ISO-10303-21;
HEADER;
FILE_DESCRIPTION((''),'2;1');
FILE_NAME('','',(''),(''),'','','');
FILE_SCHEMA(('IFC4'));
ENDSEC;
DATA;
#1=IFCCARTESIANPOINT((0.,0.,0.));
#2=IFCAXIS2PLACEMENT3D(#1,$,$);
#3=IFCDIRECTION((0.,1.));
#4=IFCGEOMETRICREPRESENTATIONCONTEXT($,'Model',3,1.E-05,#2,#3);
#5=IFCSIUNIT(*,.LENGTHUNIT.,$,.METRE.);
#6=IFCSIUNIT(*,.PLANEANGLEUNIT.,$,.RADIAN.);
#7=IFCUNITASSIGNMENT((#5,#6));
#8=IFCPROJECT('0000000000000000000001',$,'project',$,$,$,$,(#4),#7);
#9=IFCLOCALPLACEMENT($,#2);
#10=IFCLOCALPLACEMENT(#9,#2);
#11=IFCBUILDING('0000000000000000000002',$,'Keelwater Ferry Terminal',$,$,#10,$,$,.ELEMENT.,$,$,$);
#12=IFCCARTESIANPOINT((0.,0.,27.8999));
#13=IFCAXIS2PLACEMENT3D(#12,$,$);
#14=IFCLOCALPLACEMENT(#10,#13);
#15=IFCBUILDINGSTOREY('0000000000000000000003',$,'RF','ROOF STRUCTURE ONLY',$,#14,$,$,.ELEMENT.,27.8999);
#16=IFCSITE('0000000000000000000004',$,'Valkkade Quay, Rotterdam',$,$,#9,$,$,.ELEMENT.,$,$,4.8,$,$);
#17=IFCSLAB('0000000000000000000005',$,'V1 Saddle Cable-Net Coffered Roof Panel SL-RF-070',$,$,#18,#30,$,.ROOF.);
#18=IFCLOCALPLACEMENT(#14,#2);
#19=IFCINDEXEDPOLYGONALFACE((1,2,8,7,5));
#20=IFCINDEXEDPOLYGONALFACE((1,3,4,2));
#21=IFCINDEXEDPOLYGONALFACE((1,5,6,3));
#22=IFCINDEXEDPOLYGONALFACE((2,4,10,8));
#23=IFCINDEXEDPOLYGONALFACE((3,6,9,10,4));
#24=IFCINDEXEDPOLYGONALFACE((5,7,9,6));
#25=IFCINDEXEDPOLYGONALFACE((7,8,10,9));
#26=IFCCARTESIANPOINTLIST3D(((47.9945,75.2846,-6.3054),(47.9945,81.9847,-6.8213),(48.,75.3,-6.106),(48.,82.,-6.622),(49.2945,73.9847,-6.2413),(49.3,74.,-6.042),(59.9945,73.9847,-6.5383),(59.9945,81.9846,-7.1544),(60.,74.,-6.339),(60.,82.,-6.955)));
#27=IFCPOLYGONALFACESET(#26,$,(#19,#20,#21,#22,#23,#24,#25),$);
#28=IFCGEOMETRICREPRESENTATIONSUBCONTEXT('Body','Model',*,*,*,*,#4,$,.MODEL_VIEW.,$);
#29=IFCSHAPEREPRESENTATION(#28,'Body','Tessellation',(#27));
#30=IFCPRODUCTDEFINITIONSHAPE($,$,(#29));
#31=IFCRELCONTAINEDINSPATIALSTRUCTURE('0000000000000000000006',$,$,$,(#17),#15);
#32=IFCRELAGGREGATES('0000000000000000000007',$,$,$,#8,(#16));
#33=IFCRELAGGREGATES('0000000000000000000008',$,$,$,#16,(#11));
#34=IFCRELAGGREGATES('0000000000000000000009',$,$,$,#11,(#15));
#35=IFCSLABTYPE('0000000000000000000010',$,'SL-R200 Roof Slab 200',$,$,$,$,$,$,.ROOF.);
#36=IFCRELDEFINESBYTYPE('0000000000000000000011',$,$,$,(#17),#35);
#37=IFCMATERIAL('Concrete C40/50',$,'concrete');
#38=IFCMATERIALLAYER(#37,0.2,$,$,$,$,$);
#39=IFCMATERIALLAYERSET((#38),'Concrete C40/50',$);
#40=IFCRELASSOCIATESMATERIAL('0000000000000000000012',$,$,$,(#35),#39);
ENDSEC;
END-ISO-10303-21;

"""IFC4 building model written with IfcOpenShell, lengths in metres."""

from ifc_helpers import new_model, si_unit, direction, frame, origin, origin_with_axes, place, context, subcontext, project, spatial, polyline, outline, extrude, material, layer, layer_set, type_object, element, save


model = new_model("IFC4")

# Units and contexts
model_context = context("Model", 3, precision=1e-05, world=origin(), true_north=direction((0.0, 1.0)))
body_context = subcontext(model_context, "Body", "Model", "MODEL_VIEW")
ifc_project = project(units=[si_unit("LENGTHUNIT", "METRE"), si_unit("PLANEANGLEUNIT", "RADIAN")], contexts=[model_context])

# Site, building, storey
site_placement = place(None, origin())
site = spatial("IfcSite", under=ifc_project, at=site_placement, Name="Valkkade Quay, Rotterdam", CompositionType="ELEMENT", RefElevation=4.8)
building_placement = place(site_placement, origin())
building = spatial("IfcBuilding", under=site, at=building_placement, Name="Keelwater Ferry Terminal", CompositionType="ELEMENT")
storey_placement = place(building_placement, frame((0.0, 0.0, 27.8999)))
storey = spatial("IfcBuildingStorey", under=building, at=storey_placement, Name="RF", Description="ROOF STRUCTURE ONLY", CompositionType="ELEMENT", Elevation=27.8999)

# Slab
ifc_material_1 = material(Name="Concrete C40/50", Category="concrete")
ifc_layer_1 = layer(ifc_material_1, 0.2)
ifc_layer_set_1 = layer_set([ifc_layer_1], Name="Concrete C40/50")
slab_type = type_object("IfcSlabType", Name="SL-R200 Roof Slab 200", PredefinedType="ROOF", material=ifc_layer_set_1)
slab_1_placement = place(storey_placement, frame((49.2945, 73.9847, -6.2413), z_axis=(0.027662, 0.07675, 0.996667), x_axis=(0.999617, -0.002124, -0.02758)))
element("IfcSlab", 1, at=slab_1_placement, inside=storey, type_object=slab_type, Name="V1 Saddle Cable-Net Coffered Roof Panel SL-RF-070", PredefinedType="ROOF", context=body_context, shape_type="SweptSolid", body=[
    extrude(outline(polyline([(0.0, 0.0), (10.7041, 0.0228), (10.7041, 8.0465), (-1.3005, 8.0209), (-1.3005, 1.3011), (0.0, 0.0)])), origin_with_axes(), (0.0, 0.0, 1.0), 0.2),
])

save(model, "model.ifc")
